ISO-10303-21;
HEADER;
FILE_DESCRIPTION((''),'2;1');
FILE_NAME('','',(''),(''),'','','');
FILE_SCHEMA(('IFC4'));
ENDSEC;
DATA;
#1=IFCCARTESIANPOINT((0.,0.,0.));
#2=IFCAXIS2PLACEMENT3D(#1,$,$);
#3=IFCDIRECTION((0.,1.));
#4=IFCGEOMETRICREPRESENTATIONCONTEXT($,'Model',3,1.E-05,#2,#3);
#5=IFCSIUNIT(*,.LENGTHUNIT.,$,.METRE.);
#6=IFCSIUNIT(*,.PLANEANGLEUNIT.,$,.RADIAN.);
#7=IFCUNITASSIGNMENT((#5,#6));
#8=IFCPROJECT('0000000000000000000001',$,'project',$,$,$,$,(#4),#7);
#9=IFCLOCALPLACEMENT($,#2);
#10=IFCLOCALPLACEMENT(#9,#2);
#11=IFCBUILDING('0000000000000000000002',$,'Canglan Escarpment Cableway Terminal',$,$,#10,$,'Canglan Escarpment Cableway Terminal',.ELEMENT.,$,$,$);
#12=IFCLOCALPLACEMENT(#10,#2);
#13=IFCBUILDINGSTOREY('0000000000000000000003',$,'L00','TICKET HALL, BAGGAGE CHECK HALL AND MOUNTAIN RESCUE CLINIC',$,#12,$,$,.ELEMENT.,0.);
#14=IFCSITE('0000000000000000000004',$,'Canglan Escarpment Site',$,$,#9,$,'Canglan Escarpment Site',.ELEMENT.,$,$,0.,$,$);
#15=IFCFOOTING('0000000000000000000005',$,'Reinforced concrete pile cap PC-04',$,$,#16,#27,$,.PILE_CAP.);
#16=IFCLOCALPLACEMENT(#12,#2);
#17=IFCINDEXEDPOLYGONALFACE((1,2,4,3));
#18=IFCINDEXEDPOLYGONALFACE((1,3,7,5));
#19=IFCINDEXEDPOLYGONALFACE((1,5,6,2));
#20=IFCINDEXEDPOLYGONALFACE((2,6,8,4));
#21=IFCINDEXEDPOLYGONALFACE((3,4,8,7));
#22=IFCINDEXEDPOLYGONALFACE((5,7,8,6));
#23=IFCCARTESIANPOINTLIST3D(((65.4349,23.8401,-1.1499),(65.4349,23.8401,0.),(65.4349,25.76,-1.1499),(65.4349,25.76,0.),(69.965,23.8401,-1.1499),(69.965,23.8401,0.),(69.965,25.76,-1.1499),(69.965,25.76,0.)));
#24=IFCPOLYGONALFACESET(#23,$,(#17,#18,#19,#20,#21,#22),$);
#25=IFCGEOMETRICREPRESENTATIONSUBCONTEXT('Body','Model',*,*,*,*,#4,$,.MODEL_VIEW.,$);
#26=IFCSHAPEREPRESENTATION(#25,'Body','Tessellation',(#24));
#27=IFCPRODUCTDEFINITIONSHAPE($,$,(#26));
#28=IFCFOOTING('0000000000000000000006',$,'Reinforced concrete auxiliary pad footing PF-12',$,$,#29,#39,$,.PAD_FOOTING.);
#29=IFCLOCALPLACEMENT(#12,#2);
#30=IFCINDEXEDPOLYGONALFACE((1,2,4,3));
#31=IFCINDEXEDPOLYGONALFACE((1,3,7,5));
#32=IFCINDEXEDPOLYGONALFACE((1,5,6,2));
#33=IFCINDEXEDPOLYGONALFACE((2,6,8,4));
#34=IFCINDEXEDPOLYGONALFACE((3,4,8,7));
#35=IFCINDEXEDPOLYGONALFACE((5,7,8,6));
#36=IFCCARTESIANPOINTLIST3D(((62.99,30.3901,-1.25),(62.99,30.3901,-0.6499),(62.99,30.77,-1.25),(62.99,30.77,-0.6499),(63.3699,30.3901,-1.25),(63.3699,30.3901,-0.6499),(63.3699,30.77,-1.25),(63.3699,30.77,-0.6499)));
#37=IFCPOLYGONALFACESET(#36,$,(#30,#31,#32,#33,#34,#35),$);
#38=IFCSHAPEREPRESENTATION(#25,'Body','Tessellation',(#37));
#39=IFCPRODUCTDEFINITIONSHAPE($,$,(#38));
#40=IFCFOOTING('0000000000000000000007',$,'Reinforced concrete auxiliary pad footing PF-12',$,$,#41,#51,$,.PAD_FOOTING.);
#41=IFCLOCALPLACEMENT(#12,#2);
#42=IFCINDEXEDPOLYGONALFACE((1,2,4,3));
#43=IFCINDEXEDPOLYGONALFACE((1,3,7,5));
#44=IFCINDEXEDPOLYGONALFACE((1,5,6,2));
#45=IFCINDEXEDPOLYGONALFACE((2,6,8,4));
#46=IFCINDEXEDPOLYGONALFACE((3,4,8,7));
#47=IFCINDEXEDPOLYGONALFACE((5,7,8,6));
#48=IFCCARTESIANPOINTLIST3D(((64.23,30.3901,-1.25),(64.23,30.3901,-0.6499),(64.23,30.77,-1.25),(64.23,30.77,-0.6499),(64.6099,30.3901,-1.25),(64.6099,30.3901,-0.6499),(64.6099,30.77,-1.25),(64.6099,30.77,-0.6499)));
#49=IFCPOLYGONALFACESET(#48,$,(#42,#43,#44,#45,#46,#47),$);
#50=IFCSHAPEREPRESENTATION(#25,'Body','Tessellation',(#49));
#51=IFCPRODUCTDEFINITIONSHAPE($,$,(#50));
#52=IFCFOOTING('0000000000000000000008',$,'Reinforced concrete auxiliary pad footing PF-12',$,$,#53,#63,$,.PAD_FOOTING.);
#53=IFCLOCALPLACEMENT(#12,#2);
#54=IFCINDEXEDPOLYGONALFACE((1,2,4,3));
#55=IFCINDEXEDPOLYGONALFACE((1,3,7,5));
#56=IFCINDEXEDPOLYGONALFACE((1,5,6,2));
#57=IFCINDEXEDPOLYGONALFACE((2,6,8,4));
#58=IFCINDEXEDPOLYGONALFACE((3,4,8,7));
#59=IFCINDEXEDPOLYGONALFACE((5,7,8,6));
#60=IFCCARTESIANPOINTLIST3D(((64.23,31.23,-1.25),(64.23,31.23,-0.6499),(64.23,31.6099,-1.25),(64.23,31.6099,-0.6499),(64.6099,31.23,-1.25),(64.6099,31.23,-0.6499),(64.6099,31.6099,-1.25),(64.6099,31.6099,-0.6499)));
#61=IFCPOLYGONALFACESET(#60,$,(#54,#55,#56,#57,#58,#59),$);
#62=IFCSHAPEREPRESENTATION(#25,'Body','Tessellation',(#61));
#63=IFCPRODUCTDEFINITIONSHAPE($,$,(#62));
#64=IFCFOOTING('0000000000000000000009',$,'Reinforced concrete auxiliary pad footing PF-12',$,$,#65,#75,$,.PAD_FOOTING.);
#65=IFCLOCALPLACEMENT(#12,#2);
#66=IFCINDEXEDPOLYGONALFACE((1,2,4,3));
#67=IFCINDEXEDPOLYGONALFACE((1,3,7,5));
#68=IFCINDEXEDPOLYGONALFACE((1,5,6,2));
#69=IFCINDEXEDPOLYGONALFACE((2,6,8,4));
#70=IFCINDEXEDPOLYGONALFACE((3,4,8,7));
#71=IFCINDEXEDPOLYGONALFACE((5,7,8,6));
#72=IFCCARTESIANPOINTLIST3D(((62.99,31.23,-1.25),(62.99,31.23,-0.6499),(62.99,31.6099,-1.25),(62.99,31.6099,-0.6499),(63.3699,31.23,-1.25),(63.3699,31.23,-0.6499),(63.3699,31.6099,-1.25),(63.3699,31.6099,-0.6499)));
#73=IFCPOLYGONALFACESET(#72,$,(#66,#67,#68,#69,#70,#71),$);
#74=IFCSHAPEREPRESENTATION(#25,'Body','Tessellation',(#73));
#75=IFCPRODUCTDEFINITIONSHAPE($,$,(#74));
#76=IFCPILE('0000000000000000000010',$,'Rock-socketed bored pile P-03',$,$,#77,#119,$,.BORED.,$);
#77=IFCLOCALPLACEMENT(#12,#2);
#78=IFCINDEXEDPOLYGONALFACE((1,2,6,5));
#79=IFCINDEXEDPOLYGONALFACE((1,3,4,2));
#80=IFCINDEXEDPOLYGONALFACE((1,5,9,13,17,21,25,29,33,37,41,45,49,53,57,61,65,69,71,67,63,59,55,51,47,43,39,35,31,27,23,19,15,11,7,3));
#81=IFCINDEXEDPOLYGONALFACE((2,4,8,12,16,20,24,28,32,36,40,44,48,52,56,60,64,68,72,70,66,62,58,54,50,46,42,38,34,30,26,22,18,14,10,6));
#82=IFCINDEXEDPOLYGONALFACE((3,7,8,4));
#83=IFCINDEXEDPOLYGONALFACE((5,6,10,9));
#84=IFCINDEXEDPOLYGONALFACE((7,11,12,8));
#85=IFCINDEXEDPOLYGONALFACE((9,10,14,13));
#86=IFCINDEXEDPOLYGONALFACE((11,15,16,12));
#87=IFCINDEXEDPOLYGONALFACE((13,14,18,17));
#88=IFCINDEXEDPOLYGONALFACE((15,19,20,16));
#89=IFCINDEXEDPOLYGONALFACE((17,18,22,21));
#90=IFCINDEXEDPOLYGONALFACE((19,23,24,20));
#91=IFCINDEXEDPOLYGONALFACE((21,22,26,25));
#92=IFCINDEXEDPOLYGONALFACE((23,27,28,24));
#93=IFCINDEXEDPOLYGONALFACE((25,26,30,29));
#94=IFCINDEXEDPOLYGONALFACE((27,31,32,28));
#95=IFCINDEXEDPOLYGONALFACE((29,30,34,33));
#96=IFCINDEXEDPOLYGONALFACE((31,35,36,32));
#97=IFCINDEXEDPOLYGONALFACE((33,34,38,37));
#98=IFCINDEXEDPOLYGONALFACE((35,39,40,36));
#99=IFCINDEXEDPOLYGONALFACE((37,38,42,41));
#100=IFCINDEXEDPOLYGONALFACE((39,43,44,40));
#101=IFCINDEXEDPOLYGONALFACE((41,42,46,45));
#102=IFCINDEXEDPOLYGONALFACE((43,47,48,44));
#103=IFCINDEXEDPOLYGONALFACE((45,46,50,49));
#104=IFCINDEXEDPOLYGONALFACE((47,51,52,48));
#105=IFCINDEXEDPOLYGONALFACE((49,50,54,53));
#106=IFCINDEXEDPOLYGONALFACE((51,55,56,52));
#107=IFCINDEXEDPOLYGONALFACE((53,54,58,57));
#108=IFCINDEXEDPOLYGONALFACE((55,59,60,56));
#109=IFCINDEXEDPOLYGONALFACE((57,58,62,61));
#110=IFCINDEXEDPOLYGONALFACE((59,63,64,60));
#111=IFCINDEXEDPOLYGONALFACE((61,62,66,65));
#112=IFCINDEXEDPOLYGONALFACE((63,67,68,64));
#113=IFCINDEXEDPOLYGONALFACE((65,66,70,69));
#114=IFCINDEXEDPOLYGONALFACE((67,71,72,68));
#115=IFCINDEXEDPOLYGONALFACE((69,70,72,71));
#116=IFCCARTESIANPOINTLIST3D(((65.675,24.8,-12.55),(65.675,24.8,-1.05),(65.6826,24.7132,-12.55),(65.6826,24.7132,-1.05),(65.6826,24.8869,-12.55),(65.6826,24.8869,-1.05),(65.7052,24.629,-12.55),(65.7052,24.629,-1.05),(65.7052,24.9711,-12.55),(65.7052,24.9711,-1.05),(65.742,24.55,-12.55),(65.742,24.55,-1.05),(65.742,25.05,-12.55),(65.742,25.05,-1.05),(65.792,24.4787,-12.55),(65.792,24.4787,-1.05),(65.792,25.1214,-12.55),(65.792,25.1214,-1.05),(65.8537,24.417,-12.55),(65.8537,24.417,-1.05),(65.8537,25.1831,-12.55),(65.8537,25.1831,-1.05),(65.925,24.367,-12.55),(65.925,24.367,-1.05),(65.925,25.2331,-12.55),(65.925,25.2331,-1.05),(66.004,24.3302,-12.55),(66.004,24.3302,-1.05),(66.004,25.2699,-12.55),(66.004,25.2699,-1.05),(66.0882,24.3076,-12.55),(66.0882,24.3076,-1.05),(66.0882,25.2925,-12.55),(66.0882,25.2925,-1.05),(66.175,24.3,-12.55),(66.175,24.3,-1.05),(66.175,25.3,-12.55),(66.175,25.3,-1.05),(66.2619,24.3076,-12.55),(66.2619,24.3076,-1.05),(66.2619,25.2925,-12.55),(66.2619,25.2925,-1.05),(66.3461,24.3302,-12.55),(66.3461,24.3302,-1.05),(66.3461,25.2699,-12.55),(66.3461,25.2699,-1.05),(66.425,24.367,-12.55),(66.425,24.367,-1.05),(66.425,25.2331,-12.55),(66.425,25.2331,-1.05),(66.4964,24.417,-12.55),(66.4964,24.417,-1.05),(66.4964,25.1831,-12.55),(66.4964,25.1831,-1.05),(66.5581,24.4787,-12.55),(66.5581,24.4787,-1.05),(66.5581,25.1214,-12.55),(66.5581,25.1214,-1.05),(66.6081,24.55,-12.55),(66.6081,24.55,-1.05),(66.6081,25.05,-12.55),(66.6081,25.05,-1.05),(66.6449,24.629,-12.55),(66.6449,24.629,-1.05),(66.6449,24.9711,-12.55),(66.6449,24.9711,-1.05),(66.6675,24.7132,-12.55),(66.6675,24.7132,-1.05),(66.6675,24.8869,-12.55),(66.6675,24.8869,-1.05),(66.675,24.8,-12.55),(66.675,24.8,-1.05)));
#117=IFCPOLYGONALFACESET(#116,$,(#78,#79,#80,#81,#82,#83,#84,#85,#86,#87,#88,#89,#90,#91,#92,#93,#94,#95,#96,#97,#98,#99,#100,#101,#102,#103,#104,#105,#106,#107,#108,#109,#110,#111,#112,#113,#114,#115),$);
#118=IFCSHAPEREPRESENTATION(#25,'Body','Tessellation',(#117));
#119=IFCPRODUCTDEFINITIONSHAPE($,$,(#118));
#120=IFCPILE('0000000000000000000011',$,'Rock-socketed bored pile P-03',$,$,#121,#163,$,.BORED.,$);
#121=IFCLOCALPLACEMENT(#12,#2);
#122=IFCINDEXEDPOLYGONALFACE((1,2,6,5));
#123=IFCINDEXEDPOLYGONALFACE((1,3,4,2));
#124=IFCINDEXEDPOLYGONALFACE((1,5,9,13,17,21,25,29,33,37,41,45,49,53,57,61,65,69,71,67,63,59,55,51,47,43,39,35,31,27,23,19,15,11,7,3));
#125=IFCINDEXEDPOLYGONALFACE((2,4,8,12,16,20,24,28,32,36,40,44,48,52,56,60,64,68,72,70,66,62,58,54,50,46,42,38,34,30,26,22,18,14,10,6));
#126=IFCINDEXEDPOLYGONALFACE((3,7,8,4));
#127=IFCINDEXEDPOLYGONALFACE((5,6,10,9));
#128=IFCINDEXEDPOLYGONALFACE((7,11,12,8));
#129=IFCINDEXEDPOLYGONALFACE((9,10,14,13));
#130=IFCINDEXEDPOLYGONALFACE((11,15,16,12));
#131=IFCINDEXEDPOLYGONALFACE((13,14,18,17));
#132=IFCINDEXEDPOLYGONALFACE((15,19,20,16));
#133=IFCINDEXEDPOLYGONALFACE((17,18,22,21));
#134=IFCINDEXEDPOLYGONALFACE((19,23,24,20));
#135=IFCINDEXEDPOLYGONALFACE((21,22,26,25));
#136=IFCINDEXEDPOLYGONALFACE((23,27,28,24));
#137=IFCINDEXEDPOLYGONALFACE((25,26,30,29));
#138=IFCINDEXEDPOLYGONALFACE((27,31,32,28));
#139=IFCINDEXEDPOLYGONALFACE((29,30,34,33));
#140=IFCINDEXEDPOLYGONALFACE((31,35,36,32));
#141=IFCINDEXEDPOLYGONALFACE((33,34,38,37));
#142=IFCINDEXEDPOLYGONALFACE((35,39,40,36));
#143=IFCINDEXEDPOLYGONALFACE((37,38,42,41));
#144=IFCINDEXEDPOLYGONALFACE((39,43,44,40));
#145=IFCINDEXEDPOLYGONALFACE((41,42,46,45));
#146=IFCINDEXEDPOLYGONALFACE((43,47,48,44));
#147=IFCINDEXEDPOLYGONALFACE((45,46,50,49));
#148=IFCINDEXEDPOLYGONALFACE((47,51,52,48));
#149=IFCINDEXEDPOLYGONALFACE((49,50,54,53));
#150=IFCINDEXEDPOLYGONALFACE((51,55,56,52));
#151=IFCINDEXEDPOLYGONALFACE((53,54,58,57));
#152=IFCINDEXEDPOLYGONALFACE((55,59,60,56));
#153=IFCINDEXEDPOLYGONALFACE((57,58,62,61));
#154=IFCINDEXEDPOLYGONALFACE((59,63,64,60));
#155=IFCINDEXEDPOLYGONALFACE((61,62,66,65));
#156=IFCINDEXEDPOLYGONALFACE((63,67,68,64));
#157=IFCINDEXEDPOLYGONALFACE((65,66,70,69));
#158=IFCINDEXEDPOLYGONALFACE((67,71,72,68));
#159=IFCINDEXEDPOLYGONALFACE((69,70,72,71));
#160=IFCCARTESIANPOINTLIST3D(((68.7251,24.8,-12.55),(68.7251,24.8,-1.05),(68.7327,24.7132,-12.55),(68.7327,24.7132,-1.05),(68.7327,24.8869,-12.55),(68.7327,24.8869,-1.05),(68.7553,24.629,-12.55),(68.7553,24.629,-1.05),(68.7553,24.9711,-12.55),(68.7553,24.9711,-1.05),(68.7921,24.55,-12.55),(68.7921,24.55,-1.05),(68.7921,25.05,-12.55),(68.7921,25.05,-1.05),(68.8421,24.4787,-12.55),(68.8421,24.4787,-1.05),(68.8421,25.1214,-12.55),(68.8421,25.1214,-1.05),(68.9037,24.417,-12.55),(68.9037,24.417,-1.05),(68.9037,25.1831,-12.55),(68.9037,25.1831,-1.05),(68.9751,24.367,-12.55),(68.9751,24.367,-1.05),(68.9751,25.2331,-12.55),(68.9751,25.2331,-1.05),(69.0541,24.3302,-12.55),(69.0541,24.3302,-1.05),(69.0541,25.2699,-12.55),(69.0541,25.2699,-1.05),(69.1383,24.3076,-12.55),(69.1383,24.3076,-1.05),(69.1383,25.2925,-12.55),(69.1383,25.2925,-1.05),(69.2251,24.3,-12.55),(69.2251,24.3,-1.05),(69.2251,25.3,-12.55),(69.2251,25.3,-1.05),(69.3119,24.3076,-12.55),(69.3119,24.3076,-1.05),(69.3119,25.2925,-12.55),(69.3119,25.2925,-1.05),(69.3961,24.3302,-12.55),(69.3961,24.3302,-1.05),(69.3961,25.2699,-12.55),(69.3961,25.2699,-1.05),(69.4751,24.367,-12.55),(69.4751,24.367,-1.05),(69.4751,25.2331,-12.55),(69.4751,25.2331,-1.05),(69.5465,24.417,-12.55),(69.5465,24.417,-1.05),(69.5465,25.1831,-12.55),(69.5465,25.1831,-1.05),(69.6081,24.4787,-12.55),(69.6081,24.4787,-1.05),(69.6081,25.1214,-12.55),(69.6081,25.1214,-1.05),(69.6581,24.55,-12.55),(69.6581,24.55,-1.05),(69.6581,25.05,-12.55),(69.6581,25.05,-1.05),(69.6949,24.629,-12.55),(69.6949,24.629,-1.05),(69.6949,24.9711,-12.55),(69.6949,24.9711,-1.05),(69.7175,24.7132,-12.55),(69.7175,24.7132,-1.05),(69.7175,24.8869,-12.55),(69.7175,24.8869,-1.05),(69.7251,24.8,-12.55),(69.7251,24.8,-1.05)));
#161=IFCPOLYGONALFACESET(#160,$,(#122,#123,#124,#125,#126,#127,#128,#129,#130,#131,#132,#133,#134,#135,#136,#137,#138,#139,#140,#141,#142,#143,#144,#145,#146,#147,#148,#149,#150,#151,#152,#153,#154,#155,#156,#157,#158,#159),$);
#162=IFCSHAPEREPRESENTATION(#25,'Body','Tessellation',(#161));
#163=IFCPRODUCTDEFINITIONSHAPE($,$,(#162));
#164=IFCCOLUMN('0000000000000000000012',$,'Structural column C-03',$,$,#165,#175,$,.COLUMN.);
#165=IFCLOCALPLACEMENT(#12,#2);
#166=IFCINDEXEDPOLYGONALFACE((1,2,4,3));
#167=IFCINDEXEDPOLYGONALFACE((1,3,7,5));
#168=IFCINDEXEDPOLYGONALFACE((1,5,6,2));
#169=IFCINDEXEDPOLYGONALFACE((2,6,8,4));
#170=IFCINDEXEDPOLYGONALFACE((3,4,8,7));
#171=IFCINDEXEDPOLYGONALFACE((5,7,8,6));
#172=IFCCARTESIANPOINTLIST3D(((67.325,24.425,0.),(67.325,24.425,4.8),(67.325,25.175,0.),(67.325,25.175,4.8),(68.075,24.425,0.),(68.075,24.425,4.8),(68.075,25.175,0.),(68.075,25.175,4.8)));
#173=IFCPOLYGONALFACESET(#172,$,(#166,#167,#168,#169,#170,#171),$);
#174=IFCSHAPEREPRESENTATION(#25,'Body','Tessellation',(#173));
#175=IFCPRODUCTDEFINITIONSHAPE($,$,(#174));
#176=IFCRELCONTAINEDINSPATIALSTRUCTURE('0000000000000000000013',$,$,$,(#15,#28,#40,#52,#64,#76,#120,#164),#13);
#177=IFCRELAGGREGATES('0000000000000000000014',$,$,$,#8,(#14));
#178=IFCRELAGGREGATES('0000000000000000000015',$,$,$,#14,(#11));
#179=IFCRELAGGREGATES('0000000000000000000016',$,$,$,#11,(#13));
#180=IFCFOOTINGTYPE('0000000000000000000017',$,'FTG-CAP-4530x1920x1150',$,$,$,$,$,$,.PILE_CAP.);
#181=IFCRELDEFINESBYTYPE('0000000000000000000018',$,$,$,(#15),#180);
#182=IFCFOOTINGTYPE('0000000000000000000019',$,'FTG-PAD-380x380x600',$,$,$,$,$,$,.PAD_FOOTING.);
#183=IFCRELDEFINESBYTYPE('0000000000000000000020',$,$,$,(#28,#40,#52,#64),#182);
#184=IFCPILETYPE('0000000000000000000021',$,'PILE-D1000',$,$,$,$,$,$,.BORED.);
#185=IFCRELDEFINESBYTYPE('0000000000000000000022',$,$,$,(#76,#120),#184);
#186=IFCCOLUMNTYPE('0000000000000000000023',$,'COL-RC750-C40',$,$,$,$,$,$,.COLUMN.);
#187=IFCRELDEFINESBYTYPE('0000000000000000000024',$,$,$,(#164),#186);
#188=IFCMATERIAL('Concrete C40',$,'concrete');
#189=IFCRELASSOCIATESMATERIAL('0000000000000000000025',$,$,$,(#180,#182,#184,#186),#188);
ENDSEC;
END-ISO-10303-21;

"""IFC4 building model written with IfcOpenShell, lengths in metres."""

from ifc_helpers import new_model, si_unit, direction, frame, origin, origin_2d, place, context, subcontext, project, spatial, rectangle, circle, extrude, material, material_profile, profile_set, type_object, element, save


model = new_model("IFC4")

# Units and contexts
model_context = context("Model", 3, precision=1e-05, world=origin(), true_north=direction((0.0, 1.0)))
body_context = subcontext(model_context, "Body", "Model", "MODEL_VIEW")
ifc_project = project(units=[si_unit("LENGTHUNIT", "METRE"), si_unit("PLANEANGLEUNIT", "RADIAN")], contexts=[model_context])

# Site, building, storey
site_placement = place(None, origin())
site = spatial("IfcSite", under=ifc_project, at=site_placement, Name="Canglan Escarpment Site", LongName="Canglan Escarpment Site", CompositionType="ELEMENT", RefElevation=0.0)
building_placement = place(site_placement, origin())
building = spatial("IfcBuilding", under=site, at=building_placement, Name="Canglan Escarpment Cableway Terminal", LongName="Canglan Escarpment Cableway Terminal", CompositionType="ELEMENT")
storey_placement = place(building_placement, origin())
storey = spatial("IfcBuildingStorey", under=building, at=storey_placement, Name="L00", Description="TICKET HALL, BAGGAGE CHECK HALL AND MOUNTAIN RESCUE CLINIC", CompositionType="ELEMENT", Elevation=0.0)

# Footings
ifc_material_1 = material(Name="Concrete C40", Category="concrete")
footing_type_1 = type_object("IfcFootingType", Name="FTG-CAP-4530x1920x1150", PredefinedType="PILE_CAP", material=ifc_material_1)
footing_placement = place(storey_placement, frame((67.7, 24.8, -1.1499), z_axis=(0.0, 0.0, 1.0), x_axis=(1.0, 0.0, 0.0)))
element("IfcFooting", 1, at=footing_placement, inside=storey, type_object=footing_type_1, Name="Reinforced concrete pile cap PC-04", PredefinedType="PILE_CAP", context=body_context, shape_type="SweptSolid", body=[
    extrude(rectangle(XDim=4.53, YDim=1.9199, at=origin_2d()), origin(), (0.0, 0.0, 1.0), 1.1499),
])
footing_type_2 = type_object("IfcFootingType", Name="FTG-PAD-380x380x600", PredefinedType="PAD_FOOTING", material=ifc_material_1)
for number, where, z_axis, x_axis, name in (
    (2, (63.1799, 30.5801, -1.25), (0.0, 0.0, 1.0), (1.0, 0.0, 0.0), "Reinforced concrete auxiliary pad footing PF-12"),
    (3, (64.4199, 30.5801, -1.25), (0.0, 0.0, 1.0), (1.0, 0.0, 0.0), "Reinforced concrete auxiliary pad footing PF-12"),
    (4, (64.4199, 31.4199, -1.25), (0.0, 0.0, 1.0), (1.0, 0.0, 0.0), "Reinforced concrete auxiliary pad footing PF-12"),
    (5, (63.1799, 31.4199, -1.25), (0.0, 0.0, 1.0), (1.0, 0.0, 0.0), "Reinforced concrete auxiliary pad footing PF-12"),
):
    element("IfcFooting", number, at=place(storey_placement, frame(where, z_axis=z_axis, x_axis=x_axis)), inside=storey, type_object=footing_type_2, Name=name, PredefinedType="PAD_FOOTING", context=body_context, shape_type="SweptSolid", body=[
        extrude(rectangle(XDim=0.3799, YDim=0.3799, at=origin_2d()), origin(), (0.0, 0.0, 1.0), 0.6001),
    ])

# Piles
ifc_material_profile_1 = material_profile(ifc_material_1, circle(Radius=0.5, at=origin_2d()), Name="BORED PILE D1000")
ifc_profile_set_1 = profile_set([ifc_material_profile_1], Name="Concrete C40")
pile_type = type_object("IfcPileType", Name="PILE-D1000", PredefinedType="BORED", material=ifc_profile_set_1)
for number, where, z_axis, x_axis, name in (
    (6, (66.175, 24.8, -1.05), (0.0, 0.0, -1.0), (1.0, 0.0, 0.0), "Rock-socketed bored pile P-03"),
    (7, (69.2251, 24.8, -1.05), (0.0, 0.0, -1.0), (1.0, 0.0, 0.0), "Rock-socketed bored pile P-03"),
):
    element("IfcPile", number, at=place(storey_placement, frame(where, z_axis=z_axis, x_axis=x_axis)), inside=storey, type_object=pile_type, Name=name, PredefinedType="BORED", context=body_context, shape_type="SweptSolid", body=[
        extrude(circle(Radius=0.5, at=origin_2d()), origin(), (0.0, 0.0, 1.0), 11.5),
    ])

# Column
ifc_material_profile_2 = material_profile(ifc_material_1, rectangle(XDim=0.75, YDim=0.75, at=origin_2d()), Name="RC 750x750")
ifc_profile_set_2 = profile_set([ifc_material_profile_2], Name="Concrete C40")
column_type = type_object("IfcColumnType", Name="COL-RC750-C40", PredefinedType="COLUMN", material=ifc_profile_set_2)
column_placement = place(storey_placement, frame((67.7, 24.8, 0.0), z_axis=(0.0, 0.0, 1.0), x_axis=(1.0, 0.0, 0.0)))
element("IfcColumn", 8, at=column_placement, inside=storey, type_object=column_type, Name="Structural column C-03", PredefinedType="COLUMN", context=body_context, shape_type="SweptSolid", body=[
    extrude(rectangle(XDim=0.75, YDim=0.75, at=origin_2d()), origin(), (0.0, 0.0, 1.0), 4.8),
])

save(model, "model.ifc")
